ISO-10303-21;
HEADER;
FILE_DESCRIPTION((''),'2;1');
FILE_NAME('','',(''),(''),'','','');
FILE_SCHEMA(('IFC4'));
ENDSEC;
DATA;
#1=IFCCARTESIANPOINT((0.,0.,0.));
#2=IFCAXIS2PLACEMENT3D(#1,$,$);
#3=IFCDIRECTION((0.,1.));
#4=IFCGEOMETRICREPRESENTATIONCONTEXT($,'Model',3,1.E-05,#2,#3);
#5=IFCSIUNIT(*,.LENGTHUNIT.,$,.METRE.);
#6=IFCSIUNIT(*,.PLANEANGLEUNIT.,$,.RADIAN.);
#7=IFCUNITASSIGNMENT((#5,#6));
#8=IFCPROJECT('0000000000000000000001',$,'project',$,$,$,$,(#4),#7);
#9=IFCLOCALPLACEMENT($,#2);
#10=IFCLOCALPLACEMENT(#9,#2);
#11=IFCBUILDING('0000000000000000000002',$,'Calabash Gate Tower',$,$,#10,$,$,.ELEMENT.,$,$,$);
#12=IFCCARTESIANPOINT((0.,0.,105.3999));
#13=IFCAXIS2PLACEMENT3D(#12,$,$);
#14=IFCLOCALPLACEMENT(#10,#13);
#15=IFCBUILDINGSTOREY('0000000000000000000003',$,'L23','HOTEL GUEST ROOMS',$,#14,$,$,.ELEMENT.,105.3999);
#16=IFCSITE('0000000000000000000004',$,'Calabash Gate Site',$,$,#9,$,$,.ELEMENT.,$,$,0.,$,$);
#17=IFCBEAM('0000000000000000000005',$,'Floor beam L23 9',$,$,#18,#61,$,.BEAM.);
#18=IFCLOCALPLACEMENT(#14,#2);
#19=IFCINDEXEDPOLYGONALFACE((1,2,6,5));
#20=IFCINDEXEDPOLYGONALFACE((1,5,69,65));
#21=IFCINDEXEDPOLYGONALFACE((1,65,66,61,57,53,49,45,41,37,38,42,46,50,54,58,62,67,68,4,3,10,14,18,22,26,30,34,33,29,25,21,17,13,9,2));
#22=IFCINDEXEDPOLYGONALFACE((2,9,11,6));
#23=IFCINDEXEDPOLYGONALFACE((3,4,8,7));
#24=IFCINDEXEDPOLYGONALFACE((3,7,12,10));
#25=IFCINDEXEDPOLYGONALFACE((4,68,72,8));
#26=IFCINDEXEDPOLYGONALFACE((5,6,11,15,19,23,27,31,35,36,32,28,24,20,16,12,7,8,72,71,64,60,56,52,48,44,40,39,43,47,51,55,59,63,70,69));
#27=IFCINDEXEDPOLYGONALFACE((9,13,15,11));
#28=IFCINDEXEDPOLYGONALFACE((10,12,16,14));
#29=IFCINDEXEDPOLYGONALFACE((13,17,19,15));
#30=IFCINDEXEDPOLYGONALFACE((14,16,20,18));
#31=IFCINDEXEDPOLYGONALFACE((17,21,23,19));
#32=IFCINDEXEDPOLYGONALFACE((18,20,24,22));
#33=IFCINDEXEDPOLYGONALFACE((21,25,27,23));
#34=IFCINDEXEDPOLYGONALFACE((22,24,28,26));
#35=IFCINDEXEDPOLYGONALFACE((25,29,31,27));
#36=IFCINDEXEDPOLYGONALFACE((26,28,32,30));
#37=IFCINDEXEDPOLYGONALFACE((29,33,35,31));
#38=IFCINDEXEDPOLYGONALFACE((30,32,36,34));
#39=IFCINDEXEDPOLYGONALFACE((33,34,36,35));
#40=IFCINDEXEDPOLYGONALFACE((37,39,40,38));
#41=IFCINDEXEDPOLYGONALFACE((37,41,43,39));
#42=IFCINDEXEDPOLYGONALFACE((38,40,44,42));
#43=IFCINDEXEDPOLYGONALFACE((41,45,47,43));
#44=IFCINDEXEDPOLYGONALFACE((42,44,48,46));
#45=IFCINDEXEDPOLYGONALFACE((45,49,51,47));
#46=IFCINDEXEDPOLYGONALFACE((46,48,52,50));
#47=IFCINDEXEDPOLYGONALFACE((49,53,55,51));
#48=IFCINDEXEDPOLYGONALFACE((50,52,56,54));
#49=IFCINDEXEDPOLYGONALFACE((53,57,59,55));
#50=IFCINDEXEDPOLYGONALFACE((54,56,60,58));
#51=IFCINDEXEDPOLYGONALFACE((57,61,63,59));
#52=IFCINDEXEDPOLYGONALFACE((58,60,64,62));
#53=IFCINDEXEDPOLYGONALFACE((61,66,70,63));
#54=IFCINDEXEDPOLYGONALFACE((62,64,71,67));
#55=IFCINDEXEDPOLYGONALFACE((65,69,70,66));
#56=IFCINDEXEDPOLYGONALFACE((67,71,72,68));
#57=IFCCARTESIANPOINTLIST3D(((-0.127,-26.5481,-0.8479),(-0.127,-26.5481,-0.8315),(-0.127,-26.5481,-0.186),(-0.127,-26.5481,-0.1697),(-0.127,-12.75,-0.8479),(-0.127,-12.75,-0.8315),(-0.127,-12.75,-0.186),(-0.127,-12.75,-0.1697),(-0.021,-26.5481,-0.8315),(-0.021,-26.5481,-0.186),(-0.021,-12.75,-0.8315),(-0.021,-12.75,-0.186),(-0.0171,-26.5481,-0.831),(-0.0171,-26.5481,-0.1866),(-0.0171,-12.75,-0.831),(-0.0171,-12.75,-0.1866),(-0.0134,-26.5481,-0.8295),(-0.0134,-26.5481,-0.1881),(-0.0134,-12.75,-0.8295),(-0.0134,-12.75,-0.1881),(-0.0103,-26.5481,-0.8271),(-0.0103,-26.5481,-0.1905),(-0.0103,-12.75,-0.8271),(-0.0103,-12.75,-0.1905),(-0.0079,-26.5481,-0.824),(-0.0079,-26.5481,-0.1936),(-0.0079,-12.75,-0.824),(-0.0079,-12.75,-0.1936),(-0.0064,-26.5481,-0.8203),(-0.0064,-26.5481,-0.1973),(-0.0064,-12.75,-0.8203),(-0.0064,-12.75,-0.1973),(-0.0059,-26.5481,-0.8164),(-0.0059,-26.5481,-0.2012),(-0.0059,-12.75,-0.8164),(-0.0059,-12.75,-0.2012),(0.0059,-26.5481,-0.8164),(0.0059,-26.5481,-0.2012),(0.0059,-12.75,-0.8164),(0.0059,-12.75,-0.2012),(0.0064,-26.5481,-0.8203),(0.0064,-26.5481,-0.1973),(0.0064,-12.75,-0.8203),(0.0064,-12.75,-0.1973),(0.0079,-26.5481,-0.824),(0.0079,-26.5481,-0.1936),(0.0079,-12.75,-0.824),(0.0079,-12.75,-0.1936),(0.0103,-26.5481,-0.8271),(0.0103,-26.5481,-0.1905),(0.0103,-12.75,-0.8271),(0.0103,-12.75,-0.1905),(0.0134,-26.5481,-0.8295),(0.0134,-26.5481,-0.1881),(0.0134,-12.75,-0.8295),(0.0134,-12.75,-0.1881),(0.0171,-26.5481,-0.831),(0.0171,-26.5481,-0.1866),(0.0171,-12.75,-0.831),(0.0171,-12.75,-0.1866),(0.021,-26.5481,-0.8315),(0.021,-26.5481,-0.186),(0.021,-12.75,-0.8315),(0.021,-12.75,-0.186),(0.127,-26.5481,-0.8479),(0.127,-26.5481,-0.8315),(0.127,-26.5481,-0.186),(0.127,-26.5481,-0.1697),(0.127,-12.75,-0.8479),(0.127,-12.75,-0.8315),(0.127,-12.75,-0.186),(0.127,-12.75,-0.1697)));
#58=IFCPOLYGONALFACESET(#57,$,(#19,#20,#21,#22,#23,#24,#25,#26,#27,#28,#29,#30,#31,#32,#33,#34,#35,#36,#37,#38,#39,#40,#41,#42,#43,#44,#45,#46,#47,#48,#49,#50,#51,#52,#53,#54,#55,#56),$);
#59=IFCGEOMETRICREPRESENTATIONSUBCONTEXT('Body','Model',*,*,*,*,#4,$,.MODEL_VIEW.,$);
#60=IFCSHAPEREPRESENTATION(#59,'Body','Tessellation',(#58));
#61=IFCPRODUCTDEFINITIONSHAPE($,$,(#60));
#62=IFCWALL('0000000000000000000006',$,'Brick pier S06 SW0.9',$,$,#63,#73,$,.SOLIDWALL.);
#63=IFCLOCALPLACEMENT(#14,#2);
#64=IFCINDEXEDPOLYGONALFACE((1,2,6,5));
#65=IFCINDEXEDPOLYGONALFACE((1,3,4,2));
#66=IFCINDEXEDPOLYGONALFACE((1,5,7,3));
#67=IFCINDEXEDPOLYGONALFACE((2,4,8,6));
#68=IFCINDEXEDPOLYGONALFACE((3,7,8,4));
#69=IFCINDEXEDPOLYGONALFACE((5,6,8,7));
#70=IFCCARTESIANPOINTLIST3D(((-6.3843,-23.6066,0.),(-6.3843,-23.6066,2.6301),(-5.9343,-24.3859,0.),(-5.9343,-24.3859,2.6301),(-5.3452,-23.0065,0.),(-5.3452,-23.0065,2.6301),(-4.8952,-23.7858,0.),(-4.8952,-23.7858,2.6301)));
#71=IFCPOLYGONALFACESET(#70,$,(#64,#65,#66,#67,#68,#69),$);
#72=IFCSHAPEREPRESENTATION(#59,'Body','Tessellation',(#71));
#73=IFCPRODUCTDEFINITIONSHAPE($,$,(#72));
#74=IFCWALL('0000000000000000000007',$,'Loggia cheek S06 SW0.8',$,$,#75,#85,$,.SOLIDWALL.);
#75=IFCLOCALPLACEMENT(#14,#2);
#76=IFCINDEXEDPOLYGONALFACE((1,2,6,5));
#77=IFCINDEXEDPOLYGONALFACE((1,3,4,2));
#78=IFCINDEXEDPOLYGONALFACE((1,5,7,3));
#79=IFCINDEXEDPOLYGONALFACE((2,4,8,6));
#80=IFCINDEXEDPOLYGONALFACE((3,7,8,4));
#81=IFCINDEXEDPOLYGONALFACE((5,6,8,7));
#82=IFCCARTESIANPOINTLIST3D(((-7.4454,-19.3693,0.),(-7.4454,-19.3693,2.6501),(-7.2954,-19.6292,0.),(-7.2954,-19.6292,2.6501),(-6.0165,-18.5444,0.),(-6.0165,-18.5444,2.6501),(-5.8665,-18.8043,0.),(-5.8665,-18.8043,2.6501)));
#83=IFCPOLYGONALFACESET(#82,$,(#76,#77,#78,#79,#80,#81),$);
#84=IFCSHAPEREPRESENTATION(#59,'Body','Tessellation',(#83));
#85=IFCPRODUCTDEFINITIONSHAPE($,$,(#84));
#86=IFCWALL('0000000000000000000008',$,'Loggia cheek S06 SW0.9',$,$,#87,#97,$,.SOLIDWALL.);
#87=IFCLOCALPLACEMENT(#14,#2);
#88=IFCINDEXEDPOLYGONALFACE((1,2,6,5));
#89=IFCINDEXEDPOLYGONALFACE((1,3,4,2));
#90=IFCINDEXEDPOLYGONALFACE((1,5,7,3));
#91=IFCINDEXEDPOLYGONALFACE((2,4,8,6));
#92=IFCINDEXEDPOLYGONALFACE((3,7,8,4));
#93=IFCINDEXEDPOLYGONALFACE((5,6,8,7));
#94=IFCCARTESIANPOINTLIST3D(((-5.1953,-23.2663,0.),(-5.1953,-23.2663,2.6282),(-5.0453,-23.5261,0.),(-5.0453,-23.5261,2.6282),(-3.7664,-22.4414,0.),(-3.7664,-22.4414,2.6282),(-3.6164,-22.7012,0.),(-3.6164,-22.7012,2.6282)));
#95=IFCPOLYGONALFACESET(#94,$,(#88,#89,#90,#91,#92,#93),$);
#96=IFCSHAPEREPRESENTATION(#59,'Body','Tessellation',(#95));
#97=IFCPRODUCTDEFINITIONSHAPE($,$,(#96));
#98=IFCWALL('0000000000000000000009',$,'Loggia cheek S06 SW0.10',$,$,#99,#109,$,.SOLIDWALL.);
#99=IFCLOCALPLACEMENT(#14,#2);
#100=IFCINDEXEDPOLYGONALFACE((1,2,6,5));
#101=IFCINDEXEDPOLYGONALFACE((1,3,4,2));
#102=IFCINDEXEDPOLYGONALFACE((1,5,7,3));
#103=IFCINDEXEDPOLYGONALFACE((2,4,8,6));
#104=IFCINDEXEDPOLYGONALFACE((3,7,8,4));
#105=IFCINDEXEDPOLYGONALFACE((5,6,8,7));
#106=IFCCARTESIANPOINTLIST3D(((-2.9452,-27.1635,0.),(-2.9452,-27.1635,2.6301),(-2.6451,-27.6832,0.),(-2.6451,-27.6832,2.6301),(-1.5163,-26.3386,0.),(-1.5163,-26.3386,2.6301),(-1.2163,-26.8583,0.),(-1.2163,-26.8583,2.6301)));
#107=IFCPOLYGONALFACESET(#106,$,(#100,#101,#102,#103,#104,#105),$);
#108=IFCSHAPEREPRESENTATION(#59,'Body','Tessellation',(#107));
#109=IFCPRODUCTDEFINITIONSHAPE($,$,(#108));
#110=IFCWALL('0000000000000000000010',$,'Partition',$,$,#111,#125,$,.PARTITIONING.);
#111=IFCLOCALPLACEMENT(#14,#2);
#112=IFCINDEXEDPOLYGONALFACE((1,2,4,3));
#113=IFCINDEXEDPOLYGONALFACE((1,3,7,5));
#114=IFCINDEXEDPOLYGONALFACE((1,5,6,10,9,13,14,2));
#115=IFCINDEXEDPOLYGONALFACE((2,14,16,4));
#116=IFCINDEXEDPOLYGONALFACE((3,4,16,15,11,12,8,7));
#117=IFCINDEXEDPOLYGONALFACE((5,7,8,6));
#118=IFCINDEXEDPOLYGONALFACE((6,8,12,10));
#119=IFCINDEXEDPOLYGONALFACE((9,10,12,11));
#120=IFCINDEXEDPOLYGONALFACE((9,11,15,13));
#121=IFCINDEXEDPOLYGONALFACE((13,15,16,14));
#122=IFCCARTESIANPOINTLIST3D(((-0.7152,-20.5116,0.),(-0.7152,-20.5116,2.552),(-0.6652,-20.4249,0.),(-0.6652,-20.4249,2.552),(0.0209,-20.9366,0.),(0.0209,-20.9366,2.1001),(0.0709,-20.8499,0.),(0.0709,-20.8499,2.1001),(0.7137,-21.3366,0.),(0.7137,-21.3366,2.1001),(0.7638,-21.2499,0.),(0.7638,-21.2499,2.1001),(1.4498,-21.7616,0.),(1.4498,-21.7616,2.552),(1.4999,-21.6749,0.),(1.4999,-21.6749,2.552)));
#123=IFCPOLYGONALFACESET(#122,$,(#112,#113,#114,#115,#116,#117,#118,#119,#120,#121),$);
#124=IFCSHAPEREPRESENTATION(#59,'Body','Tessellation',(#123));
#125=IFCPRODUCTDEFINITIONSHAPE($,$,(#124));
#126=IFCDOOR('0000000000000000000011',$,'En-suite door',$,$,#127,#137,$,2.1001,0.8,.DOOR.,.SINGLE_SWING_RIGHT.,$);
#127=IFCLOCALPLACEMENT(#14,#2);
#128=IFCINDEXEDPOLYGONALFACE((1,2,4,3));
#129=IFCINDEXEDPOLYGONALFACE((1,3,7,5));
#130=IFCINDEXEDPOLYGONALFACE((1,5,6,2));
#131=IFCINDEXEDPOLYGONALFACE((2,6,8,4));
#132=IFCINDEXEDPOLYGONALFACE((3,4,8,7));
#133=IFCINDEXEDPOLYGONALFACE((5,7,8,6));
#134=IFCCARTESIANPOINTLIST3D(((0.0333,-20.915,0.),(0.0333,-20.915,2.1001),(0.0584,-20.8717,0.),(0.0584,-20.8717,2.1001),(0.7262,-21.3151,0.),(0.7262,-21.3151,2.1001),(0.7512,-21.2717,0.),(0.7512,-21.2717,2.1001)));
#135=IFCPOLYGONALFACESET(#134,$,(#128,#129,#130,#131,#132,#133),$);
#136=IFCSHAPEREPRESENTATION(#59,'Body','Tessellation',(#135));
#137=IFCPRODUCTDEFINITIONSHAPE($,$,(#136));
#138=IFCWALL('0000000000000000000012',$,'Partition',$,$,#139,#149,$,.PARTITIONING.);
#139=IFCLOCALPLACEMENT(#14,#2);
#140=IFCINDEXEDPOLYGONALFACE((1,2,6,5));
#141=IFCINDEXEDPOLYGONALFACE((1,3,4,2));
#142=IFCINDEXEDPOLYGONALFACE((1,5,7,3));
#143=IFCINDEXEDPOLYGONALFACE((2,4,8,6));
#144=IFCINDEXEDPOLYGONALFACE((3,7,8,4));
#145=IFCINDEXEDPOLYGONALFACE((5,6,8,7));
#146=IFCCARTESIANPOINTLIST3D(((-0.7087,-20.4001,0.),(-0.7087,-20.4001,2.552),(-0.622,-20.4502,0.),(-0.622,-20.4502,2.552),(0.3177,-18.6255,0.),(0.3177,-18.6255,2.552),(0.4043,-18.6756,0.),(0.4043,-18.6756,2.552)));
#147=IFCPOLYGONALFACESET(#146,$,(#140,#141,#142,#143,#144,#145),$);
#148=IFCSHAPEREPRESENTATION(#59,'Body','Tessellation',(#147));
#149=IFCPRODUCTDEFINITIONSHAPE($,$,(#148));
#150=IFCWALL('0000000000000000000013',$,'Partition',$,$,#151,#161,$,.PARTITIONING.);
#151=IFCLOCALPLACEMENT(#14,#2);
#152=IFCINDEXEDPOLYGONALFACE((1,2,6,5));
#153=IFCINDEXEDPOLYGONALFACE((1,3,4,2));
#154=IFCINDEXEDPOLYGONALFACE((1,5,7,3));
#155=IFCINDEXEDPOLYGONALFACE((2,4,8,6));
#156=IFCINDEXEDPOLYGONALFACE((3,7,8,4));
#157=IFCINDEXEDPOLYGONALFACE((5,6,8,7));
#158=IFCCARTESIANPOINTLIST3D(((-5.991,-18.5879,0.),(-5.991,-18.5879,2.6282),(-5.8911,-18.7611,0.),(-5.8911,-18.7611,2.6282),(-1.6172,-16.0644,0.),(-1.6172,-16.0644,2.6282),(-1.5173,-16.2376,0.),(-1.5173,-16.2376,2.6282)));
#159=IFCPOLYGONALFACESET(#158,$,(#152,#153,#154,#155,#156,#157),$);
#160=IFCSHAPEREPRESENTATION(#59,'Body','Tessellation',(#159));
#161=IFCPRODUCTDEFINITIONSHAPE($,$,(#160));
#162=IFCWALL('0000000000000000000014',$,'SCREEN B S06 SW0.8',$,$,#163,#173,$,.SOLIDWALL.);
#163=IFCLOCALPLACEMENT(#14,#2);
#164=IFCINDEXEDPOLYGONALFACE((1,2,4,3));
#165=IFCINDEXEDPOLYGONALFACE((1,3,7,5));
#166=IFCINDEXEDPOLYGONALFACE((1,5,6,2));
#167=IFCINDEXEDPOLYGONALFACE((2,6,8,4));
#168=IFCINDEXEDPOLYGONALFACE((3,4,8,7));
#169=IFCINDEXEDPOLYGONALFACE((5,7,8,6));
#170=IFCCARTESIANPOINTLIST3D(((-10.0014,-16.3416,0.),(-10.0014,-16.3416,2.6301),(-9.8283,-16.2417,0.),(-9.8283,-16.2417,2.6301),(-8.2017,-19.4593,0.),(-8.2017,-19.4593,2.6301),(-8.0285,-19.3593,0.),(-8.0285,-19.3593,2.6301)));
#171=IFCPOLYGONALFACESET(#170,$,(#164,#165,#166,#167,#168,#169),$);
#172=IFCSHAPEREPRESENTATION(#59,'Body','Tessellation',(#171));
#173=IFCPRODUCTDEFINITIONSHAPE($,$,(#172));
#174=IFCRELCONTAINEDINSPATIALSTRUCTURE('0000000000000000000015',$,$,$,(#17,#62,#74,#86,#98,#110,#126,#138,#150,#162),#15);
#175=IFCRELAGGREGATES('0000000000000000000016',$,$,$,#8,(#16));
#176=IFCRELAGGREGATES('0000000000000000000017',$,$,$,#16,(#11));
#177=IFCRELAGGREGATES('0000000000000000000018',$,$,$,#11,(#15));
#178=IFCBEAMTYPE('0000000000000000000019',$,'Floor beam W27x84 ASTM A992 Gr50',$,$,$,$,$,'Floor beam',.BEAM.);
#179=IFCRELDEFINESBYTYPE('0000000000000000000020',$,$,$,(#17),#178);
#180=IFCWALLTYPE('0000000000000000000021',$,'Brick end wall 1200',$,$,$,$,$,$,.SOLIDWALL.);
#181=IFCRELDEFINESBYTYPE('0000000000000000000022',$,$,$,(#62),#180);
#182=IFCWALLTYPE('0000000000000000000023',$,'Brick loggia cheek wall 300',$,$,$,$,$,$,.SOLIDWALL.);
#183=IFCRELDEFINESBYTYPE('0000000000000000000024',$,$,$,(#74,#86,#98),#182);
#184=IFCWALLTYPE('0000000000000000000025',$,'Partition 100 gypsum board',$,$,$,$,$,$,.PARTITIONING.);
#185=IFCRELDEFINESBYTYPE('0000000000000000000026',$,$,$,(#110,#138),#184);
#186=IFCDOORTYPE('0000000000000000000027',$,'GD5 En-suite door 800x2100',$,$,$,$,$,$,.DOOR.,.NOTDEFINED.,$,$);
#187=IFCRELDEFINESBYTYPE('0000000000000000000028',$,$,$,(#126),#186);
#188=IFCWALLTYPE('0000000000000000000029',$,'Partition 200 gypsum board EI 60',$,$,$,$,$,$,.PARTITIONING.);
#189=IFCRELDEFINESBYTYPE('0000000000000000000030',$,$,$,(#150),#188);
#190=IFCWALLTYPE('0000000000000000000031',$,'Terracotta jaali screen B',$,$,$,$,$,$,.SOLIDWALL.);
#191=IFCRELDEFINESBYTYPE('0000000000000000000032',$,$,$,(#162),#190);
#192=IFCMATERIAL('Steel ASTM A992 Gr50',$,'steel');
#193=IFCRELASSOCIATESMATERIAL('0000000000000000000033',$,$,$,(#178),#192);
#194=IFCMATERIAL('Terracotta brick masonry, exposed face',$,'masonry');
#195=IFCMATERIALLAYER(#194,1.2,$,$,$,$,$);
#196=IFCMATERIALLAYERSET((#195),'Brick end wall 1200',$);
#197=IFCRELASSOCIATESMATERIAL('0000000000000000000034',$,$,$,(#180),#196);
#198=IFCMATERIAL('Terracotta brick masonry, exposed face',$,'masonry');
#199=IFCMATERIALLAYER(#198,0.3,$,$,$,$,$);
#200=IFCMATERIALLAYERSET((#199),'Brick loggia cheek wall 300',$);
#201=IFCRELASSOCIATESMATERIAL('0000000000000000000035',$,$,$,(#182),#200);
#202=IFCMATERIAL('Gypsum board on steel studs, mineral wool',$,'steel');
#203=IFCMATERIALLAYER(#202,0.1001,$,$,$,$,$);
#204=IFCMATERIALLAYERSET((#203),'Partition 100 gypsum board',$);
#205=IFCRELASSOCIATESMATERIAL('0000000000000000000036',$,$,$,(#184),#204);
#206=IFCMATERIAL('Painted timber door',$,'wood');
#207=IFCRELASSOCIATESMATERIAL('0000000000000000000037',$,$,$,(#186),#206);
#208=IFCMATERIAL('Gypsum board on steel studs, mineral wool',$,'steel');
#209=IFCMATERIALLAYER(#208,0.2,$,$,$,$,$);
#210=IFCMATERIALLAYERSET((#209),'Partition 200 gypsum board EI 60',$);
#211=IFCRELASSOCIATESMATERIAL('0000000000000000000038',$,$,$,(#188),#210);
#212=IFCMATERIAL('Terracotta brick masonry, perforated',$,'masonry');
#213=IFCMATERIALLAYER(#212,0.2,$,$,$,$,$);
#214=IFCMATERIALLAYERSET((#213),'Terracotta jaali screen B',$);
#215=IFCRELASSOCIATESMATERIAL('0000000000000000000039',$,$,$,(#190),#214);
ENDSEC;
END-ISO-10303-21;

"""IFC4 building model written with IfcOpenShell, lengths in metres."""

from ifc_helpers import new_model, si_unit, direction, frame, frame_2d, origin, origin_2d, place, context, subcontext, project, spatial, rectangle, i_section, extrude, material, layer, layer_set, material_profile, profile_set, type_object, element, fill, save


model = new_model("IFC4")

# Units and contexts
model_context = context("Model", 3, precision=1e-05, world=origin(), true_north=direction((0.0, 1.0)))
body_context = subcontext(model_context, "Body", "Model", "MODEL_VIEW")
ifc_project = project(units=[si_unit("LENGTHUNIT", "METRE"), si_unit("PLANEANGLEUNIT", "RADIAN")], contexts=[model_context])

# Site, building, storey
site_placement = place(None, origin())
site = spatial("IfcSite", under=ifc_project, at=site_placement, Name="Calabash Gate Site", CompositionType="ELEMENT", RefElevation=0.0)
building_placement = place(site_placement, origin())
building = spatial("IfcBuilding", under=site, at=building_placement, Name="Calabash Gate Tower", CompositionType="ELEMENT")
storey_placement = place(building_placement, frame((0.0, 0.0, 105.3999)))
storey = spatial("IfcBuildingStorey", under=building, at=storey_placement, Name="L23", Description="HOTEL GUEST ROOMS", CompositionType="ELEMENT", Elevation=105.3999)

# Beam
ifc_material_1 = material(Name="Steel ASTM A992 Gr50", Category="steel")
ifc_material_profile_1 = material_profile(ifc_material_1, i_section(OverallWidth=0.2539, OverallDepth=0.6782, WebThickness=0.0117, FlangeThickness=0.0164, FilletRadius=0.0151, at=origin_2d()))
ifc_profile_set_1 = profile_set([ifc_material_profile_1], Name="Steel ASTM A992 Gr50")
beam_type_1 = type_object("IfcBeamType", Name="Floor beam W27x84 ASTM A992 Gr50", ElementType="Floor beam", PredefinedType="BEAM", material=ifc_profile_set_1)
beam_1_placement = place(storey_placement, frame((0.0, -26.5481, -0.5088), z_axis=(0.0, 1.0, 0.0), x_axis=(-1.0, 0.0, 0.0)))
element("IfcBeam", 1, at=beam_1_placement, inside=storey, type_object=beam_type_1, Name="Floor beam L23 9", PredefinedType="BEAM", context=body_context, shape_type="SweptSolid", body=[
    extrude(i_section(OverallWidth=0.2539, OverallDepth=0.6782, WebThickness=0.0117, FlangeThickness=0.0164, FilletRadius=0.0151, at=origin_2d()), origin(), (0.0, 0.0, 1.0), 13.7981),
])

# Walls
ifc_material_2 = material(Name="Terracotta brick masonry, exposed face", Category="masonry")
ifc_layer_1 = layer(ifc_material_2, 1.2)
ifc_layer_set_1 = layer_set([ifc_layer_1], Name="Brick end wall 1200")
wall_type_1 = type_object("IfcWallType", Name="Brick end wall 1200", PredefinedType="SOLIDWALL", material=ifc_layer_set_1)
wall_1_placement = place(storey_placement, frame((-6.1594, -23.9963, 0.0), z_axis=(0.0, 0.0, 1.0), x_axis=(0.865955, 0.500122, 0.0)))
element("IfcWall", 2, at=wall_1_placement, inside=storey, type_object=wall_type_1, Name="Brick pier S06 SW0.9", PredefinedType="SOLIDWALL", context=body_context, shape_type="SweptSolid", body=[
    extrude(rectangle(XDim=1.2, YDim=0.8999, at=frame_2d((0.6001, 0.0))), origin(), (0.0, 0.0, 1.0), 2.6301),
])
ifc_material_3 = material(Name="Terracotta brick masonry, exposed face", Category="masonry")
ifc_layer_2 = layer(ifc_material_3, 0.3)
ifc_layer_set_2 = layer_set([ifc_layer_2], Name="Brick loggia cheek wall 300")
wall_type_2 = type_object("IfcWallType", Name="Brick loggia cheek wall 300", PredefinedType="SOLIDWALL", material=ifc_layer_set_2)
wall_2_placement = place(storey_placement, frame((-7.3704, -19.4993, 0.0), z_axis=(0.0, 0.0, 1.0), x_axis=(0.86604, 0.499974, 0.0)))
element("IfcWall", 3, at=wall_2_placement, inside=storey, type_object=wall_type_2, Name="Loggia cheek S06 SW0.8", PredefinedType="SOLIDWALL", context=body_context, shape_type="SweptSolid", body=[
    extrude(rectangle(XDim=1.6499, YDim=0.3, at=frame_2d((0.825, 0.0))), origin(), (0.0, 0.0, 1.0), 2.6501),
])
wall_3_placement = place(storey_placement, frame((-3.6914, -22.5713, 0.0), z_axis=(0.0, 0.0, 1.0), x_axis=(-0.86604, -0.499974, 0.0)))
element("IfcWall", 4, at=wall_3_placement, inside=storey, type_object=wall_type_2, Name="Loggia cheek S06 SW0.9", PredefinedType="SOLIDWALL", context=body_context, shape_type="SweptSolid", body=[
    extrude(rectangle(XDim=1.6499, YDim=0.3, at=frame_2d((0.825, 0.0))), origin(), (0.0, 0.0, 1.0), 2.6282),
])
wall_4_placement = place(storey_placement, frame((-2.7952, -27.4233, 0.0), z_axis=(0.0, 0.0, 1.0), x_axis=(0.86604, 0.499974, 0.0)))
element("IfcWall", 5, at=wall_4_placement, inside=storey, type_object=wall_type_2, Name="Loggia cheek S06 SW0.10", PredefinedType="SOLIDWALL", context=body_context, shape_type="SweptSolid", body=[
    extrude(rectangle(XDim=1.6499, YDim=0.6001, at=frame_2d((0.825, 0.0))), origin(), (0.0, 0.0, 1.0), 2.6301),
])

# Wall, opening, door
ifc_material_4 = material(Name="Gypsum board on steel studs, mineral wool", Category="steel")
ifc_layer_3 = layer(ifc_material_4, 0.1001)
ifc_layer_set_3 = layer_set([ifc_layer_3], Name="Partition 100 gypsum board")
wall_type_3 = type_object("IfcWallType", Name="Partition 100 gypsum board", PredefinedType="PARTITIONING", material=ifc_layer_set_3)
wall_5_placement = place(storey_placement, frame((-0.6902, -20.4683, 0.0), z_axis=(0.0, 0.0, 1.0), x_axis=(0.866023, -0.500004, 0.0)))
wall_5 = element("IfcWall", 6, at=wall_5_placement, inside=storey, type_object=wall_type_3, Name="Partition", PredefinedType="PARTITIONING", context=body_context, shape_type="SweptSolid", body=[
    extrude(rectangle(XDim=2.5, YDim=0.1001, at=frame_2d((1.25, 0.0))), origin(), (0.0, 0.0, 1.0), 2.552),
])
opening_1_placement = place(wall_5_placement, frame((0.8501, 0.0, 0.0)))
opening_1 = element("IfcOpeningElement", 7, at=opening_1_placement, cuts=wall_5, PredefinedType="OPENING", context=body_context, shape_type="SweptSolid", body=[
    extrude(rectangle(XDim=0.8, YDim=2.1001, at=frame_2d((0.3999, 1.05))), frame((0.0, 0.0601, 0.0), z_axis=(0.0, -1.0, 0.0), x_axis=(1.0, 0.0, 0.0)), (0.0, 0.0, 1.0), 0.1201),
])
ifc_material_5 = material(Name="Painted timber door", Category="wood")
door_type_1 = type_object("IfcDoorType", Name="GD5 En-suite door 800x2100", OperationType="NOTDEFINED", PredefinedType="DOOR", material=ifc_material_5)
door_1_placement = place(opening_1_placement, origin())
door_1 = element("IfcDoor", 8, at=door_1_placement, inside=storey, type_object=door_type_1, Name="En-suite door", OperationType="SINGLE_SWING_RIGHT", OverallHeight=2.1001, OverallWidth=0.8, PredefinedType="DOOR", context=body_context, shape_type="SweptSolid", body=[
    extrude(rectangle(XDim=0.8, YDim=2.1001, at=frame_2d((0.3999, 1.05))), frame((0.0, 0.0249, 0.0), z_axis=(0.0, -1.0, 0.0), x_axis=(1.0, 0.0, 0.0)), (0.0, 0.0, 1.0), 0.05),
])
fill(opening_1, door_1)

# Walls
wall_6_placement = place(storey_placement, frame((-0.6653, -20.425, 0.0), z_axis=(0.0, 0.0, 1.0), x_axis=(0.500647, 0.865652, 0.0)))
element("IfcWall", 9, at=wall_6_placement, inside=storey, type_object=wall_type_3, Name="Partition", PredefinedType="PARTITIONING", context=body_context, shape_type="SweptSolid", body=[
    extrude(rectangle(XDim=2.05, YDim=0.1001, at=frame_2d((1.0249, 0.0))), origin(), (0.0, 0.0, 1.0), 2.552),
])
ifc_material_6 = material(Name="Gypsum board on steel studs, mineral wool", Category="steel")
ifc_layer_4 = layer(ifc_material_6, 0.2)
ifc_layer_set_4 = layer_set([ifc_layer_4], Name="Partition 200 gypsum board EI 60")
wall_type_4 = type_object("IfcWallType", Name="Partition 200 gypsum board EI 60", PredefinedType="PARTITIONING", material=ifc_layer_set_4)
wall_7_placement = place(storey_placement, frame((-5.9412, -18.6746, 0.0), z_axis=(0.0, 0.0, 1.0), x_axis=(0.866177, 0.499738, 0.0)))
element("IfcWall", 10, at=wall_7_placement, inside=storey, type_object=wall_type_4, Name="Partition", PredefinedType="PARTITIONING", context=body_context, shape_type="SweptSolid", body=[
    extrude(rectangle(XDim=5.0496, YDim=0.2, at=frame_2d((2.5249, 0.0))), origin(), (0.0, 0.0, 1.0), 2.6282),
])
ifc_material_7 = material(Name="Terracotta brick masonry, perforated", Category="masonry")
ifc_layer_5 = layer(ifc_material_7, 0.2)
ifc_layer_set_5 = layer_set([ifc_layer_5], Name="Terracotta jaali screen B")
wall_type_5 = type_object("IfcWallType", Name="Terracotta jaali screen B", PredefinedType="SOLIDWALL", material=ifc_layer_set_5)
for number, where, z_axis, x_axis, name in (
    (11, (-9.9148, -16.2917, 0.0), (0.0, 0.0, 1.0), (0.499961, -0.866048, 0.0), "SCREEN B S06 SW0.8"),
):
    element("IfcWall", number, at=place(storey_placement, frame(where, z_axis=z_axis, x_axis=x_axis)), inside=storey, type_object=wall_type_5, Name=name, PredefinedType="SOLIDWALL", context=body_context, shape_type="SweptSolid", body=[
        extrude(rectangle(XDim=3.5999, YDim=0.2, at=frame_2d((1.7998, 0.0))), origin(), (0.0, 0.0, 1.0), 2.6301),
    ])

save(model, "model.ifc")
